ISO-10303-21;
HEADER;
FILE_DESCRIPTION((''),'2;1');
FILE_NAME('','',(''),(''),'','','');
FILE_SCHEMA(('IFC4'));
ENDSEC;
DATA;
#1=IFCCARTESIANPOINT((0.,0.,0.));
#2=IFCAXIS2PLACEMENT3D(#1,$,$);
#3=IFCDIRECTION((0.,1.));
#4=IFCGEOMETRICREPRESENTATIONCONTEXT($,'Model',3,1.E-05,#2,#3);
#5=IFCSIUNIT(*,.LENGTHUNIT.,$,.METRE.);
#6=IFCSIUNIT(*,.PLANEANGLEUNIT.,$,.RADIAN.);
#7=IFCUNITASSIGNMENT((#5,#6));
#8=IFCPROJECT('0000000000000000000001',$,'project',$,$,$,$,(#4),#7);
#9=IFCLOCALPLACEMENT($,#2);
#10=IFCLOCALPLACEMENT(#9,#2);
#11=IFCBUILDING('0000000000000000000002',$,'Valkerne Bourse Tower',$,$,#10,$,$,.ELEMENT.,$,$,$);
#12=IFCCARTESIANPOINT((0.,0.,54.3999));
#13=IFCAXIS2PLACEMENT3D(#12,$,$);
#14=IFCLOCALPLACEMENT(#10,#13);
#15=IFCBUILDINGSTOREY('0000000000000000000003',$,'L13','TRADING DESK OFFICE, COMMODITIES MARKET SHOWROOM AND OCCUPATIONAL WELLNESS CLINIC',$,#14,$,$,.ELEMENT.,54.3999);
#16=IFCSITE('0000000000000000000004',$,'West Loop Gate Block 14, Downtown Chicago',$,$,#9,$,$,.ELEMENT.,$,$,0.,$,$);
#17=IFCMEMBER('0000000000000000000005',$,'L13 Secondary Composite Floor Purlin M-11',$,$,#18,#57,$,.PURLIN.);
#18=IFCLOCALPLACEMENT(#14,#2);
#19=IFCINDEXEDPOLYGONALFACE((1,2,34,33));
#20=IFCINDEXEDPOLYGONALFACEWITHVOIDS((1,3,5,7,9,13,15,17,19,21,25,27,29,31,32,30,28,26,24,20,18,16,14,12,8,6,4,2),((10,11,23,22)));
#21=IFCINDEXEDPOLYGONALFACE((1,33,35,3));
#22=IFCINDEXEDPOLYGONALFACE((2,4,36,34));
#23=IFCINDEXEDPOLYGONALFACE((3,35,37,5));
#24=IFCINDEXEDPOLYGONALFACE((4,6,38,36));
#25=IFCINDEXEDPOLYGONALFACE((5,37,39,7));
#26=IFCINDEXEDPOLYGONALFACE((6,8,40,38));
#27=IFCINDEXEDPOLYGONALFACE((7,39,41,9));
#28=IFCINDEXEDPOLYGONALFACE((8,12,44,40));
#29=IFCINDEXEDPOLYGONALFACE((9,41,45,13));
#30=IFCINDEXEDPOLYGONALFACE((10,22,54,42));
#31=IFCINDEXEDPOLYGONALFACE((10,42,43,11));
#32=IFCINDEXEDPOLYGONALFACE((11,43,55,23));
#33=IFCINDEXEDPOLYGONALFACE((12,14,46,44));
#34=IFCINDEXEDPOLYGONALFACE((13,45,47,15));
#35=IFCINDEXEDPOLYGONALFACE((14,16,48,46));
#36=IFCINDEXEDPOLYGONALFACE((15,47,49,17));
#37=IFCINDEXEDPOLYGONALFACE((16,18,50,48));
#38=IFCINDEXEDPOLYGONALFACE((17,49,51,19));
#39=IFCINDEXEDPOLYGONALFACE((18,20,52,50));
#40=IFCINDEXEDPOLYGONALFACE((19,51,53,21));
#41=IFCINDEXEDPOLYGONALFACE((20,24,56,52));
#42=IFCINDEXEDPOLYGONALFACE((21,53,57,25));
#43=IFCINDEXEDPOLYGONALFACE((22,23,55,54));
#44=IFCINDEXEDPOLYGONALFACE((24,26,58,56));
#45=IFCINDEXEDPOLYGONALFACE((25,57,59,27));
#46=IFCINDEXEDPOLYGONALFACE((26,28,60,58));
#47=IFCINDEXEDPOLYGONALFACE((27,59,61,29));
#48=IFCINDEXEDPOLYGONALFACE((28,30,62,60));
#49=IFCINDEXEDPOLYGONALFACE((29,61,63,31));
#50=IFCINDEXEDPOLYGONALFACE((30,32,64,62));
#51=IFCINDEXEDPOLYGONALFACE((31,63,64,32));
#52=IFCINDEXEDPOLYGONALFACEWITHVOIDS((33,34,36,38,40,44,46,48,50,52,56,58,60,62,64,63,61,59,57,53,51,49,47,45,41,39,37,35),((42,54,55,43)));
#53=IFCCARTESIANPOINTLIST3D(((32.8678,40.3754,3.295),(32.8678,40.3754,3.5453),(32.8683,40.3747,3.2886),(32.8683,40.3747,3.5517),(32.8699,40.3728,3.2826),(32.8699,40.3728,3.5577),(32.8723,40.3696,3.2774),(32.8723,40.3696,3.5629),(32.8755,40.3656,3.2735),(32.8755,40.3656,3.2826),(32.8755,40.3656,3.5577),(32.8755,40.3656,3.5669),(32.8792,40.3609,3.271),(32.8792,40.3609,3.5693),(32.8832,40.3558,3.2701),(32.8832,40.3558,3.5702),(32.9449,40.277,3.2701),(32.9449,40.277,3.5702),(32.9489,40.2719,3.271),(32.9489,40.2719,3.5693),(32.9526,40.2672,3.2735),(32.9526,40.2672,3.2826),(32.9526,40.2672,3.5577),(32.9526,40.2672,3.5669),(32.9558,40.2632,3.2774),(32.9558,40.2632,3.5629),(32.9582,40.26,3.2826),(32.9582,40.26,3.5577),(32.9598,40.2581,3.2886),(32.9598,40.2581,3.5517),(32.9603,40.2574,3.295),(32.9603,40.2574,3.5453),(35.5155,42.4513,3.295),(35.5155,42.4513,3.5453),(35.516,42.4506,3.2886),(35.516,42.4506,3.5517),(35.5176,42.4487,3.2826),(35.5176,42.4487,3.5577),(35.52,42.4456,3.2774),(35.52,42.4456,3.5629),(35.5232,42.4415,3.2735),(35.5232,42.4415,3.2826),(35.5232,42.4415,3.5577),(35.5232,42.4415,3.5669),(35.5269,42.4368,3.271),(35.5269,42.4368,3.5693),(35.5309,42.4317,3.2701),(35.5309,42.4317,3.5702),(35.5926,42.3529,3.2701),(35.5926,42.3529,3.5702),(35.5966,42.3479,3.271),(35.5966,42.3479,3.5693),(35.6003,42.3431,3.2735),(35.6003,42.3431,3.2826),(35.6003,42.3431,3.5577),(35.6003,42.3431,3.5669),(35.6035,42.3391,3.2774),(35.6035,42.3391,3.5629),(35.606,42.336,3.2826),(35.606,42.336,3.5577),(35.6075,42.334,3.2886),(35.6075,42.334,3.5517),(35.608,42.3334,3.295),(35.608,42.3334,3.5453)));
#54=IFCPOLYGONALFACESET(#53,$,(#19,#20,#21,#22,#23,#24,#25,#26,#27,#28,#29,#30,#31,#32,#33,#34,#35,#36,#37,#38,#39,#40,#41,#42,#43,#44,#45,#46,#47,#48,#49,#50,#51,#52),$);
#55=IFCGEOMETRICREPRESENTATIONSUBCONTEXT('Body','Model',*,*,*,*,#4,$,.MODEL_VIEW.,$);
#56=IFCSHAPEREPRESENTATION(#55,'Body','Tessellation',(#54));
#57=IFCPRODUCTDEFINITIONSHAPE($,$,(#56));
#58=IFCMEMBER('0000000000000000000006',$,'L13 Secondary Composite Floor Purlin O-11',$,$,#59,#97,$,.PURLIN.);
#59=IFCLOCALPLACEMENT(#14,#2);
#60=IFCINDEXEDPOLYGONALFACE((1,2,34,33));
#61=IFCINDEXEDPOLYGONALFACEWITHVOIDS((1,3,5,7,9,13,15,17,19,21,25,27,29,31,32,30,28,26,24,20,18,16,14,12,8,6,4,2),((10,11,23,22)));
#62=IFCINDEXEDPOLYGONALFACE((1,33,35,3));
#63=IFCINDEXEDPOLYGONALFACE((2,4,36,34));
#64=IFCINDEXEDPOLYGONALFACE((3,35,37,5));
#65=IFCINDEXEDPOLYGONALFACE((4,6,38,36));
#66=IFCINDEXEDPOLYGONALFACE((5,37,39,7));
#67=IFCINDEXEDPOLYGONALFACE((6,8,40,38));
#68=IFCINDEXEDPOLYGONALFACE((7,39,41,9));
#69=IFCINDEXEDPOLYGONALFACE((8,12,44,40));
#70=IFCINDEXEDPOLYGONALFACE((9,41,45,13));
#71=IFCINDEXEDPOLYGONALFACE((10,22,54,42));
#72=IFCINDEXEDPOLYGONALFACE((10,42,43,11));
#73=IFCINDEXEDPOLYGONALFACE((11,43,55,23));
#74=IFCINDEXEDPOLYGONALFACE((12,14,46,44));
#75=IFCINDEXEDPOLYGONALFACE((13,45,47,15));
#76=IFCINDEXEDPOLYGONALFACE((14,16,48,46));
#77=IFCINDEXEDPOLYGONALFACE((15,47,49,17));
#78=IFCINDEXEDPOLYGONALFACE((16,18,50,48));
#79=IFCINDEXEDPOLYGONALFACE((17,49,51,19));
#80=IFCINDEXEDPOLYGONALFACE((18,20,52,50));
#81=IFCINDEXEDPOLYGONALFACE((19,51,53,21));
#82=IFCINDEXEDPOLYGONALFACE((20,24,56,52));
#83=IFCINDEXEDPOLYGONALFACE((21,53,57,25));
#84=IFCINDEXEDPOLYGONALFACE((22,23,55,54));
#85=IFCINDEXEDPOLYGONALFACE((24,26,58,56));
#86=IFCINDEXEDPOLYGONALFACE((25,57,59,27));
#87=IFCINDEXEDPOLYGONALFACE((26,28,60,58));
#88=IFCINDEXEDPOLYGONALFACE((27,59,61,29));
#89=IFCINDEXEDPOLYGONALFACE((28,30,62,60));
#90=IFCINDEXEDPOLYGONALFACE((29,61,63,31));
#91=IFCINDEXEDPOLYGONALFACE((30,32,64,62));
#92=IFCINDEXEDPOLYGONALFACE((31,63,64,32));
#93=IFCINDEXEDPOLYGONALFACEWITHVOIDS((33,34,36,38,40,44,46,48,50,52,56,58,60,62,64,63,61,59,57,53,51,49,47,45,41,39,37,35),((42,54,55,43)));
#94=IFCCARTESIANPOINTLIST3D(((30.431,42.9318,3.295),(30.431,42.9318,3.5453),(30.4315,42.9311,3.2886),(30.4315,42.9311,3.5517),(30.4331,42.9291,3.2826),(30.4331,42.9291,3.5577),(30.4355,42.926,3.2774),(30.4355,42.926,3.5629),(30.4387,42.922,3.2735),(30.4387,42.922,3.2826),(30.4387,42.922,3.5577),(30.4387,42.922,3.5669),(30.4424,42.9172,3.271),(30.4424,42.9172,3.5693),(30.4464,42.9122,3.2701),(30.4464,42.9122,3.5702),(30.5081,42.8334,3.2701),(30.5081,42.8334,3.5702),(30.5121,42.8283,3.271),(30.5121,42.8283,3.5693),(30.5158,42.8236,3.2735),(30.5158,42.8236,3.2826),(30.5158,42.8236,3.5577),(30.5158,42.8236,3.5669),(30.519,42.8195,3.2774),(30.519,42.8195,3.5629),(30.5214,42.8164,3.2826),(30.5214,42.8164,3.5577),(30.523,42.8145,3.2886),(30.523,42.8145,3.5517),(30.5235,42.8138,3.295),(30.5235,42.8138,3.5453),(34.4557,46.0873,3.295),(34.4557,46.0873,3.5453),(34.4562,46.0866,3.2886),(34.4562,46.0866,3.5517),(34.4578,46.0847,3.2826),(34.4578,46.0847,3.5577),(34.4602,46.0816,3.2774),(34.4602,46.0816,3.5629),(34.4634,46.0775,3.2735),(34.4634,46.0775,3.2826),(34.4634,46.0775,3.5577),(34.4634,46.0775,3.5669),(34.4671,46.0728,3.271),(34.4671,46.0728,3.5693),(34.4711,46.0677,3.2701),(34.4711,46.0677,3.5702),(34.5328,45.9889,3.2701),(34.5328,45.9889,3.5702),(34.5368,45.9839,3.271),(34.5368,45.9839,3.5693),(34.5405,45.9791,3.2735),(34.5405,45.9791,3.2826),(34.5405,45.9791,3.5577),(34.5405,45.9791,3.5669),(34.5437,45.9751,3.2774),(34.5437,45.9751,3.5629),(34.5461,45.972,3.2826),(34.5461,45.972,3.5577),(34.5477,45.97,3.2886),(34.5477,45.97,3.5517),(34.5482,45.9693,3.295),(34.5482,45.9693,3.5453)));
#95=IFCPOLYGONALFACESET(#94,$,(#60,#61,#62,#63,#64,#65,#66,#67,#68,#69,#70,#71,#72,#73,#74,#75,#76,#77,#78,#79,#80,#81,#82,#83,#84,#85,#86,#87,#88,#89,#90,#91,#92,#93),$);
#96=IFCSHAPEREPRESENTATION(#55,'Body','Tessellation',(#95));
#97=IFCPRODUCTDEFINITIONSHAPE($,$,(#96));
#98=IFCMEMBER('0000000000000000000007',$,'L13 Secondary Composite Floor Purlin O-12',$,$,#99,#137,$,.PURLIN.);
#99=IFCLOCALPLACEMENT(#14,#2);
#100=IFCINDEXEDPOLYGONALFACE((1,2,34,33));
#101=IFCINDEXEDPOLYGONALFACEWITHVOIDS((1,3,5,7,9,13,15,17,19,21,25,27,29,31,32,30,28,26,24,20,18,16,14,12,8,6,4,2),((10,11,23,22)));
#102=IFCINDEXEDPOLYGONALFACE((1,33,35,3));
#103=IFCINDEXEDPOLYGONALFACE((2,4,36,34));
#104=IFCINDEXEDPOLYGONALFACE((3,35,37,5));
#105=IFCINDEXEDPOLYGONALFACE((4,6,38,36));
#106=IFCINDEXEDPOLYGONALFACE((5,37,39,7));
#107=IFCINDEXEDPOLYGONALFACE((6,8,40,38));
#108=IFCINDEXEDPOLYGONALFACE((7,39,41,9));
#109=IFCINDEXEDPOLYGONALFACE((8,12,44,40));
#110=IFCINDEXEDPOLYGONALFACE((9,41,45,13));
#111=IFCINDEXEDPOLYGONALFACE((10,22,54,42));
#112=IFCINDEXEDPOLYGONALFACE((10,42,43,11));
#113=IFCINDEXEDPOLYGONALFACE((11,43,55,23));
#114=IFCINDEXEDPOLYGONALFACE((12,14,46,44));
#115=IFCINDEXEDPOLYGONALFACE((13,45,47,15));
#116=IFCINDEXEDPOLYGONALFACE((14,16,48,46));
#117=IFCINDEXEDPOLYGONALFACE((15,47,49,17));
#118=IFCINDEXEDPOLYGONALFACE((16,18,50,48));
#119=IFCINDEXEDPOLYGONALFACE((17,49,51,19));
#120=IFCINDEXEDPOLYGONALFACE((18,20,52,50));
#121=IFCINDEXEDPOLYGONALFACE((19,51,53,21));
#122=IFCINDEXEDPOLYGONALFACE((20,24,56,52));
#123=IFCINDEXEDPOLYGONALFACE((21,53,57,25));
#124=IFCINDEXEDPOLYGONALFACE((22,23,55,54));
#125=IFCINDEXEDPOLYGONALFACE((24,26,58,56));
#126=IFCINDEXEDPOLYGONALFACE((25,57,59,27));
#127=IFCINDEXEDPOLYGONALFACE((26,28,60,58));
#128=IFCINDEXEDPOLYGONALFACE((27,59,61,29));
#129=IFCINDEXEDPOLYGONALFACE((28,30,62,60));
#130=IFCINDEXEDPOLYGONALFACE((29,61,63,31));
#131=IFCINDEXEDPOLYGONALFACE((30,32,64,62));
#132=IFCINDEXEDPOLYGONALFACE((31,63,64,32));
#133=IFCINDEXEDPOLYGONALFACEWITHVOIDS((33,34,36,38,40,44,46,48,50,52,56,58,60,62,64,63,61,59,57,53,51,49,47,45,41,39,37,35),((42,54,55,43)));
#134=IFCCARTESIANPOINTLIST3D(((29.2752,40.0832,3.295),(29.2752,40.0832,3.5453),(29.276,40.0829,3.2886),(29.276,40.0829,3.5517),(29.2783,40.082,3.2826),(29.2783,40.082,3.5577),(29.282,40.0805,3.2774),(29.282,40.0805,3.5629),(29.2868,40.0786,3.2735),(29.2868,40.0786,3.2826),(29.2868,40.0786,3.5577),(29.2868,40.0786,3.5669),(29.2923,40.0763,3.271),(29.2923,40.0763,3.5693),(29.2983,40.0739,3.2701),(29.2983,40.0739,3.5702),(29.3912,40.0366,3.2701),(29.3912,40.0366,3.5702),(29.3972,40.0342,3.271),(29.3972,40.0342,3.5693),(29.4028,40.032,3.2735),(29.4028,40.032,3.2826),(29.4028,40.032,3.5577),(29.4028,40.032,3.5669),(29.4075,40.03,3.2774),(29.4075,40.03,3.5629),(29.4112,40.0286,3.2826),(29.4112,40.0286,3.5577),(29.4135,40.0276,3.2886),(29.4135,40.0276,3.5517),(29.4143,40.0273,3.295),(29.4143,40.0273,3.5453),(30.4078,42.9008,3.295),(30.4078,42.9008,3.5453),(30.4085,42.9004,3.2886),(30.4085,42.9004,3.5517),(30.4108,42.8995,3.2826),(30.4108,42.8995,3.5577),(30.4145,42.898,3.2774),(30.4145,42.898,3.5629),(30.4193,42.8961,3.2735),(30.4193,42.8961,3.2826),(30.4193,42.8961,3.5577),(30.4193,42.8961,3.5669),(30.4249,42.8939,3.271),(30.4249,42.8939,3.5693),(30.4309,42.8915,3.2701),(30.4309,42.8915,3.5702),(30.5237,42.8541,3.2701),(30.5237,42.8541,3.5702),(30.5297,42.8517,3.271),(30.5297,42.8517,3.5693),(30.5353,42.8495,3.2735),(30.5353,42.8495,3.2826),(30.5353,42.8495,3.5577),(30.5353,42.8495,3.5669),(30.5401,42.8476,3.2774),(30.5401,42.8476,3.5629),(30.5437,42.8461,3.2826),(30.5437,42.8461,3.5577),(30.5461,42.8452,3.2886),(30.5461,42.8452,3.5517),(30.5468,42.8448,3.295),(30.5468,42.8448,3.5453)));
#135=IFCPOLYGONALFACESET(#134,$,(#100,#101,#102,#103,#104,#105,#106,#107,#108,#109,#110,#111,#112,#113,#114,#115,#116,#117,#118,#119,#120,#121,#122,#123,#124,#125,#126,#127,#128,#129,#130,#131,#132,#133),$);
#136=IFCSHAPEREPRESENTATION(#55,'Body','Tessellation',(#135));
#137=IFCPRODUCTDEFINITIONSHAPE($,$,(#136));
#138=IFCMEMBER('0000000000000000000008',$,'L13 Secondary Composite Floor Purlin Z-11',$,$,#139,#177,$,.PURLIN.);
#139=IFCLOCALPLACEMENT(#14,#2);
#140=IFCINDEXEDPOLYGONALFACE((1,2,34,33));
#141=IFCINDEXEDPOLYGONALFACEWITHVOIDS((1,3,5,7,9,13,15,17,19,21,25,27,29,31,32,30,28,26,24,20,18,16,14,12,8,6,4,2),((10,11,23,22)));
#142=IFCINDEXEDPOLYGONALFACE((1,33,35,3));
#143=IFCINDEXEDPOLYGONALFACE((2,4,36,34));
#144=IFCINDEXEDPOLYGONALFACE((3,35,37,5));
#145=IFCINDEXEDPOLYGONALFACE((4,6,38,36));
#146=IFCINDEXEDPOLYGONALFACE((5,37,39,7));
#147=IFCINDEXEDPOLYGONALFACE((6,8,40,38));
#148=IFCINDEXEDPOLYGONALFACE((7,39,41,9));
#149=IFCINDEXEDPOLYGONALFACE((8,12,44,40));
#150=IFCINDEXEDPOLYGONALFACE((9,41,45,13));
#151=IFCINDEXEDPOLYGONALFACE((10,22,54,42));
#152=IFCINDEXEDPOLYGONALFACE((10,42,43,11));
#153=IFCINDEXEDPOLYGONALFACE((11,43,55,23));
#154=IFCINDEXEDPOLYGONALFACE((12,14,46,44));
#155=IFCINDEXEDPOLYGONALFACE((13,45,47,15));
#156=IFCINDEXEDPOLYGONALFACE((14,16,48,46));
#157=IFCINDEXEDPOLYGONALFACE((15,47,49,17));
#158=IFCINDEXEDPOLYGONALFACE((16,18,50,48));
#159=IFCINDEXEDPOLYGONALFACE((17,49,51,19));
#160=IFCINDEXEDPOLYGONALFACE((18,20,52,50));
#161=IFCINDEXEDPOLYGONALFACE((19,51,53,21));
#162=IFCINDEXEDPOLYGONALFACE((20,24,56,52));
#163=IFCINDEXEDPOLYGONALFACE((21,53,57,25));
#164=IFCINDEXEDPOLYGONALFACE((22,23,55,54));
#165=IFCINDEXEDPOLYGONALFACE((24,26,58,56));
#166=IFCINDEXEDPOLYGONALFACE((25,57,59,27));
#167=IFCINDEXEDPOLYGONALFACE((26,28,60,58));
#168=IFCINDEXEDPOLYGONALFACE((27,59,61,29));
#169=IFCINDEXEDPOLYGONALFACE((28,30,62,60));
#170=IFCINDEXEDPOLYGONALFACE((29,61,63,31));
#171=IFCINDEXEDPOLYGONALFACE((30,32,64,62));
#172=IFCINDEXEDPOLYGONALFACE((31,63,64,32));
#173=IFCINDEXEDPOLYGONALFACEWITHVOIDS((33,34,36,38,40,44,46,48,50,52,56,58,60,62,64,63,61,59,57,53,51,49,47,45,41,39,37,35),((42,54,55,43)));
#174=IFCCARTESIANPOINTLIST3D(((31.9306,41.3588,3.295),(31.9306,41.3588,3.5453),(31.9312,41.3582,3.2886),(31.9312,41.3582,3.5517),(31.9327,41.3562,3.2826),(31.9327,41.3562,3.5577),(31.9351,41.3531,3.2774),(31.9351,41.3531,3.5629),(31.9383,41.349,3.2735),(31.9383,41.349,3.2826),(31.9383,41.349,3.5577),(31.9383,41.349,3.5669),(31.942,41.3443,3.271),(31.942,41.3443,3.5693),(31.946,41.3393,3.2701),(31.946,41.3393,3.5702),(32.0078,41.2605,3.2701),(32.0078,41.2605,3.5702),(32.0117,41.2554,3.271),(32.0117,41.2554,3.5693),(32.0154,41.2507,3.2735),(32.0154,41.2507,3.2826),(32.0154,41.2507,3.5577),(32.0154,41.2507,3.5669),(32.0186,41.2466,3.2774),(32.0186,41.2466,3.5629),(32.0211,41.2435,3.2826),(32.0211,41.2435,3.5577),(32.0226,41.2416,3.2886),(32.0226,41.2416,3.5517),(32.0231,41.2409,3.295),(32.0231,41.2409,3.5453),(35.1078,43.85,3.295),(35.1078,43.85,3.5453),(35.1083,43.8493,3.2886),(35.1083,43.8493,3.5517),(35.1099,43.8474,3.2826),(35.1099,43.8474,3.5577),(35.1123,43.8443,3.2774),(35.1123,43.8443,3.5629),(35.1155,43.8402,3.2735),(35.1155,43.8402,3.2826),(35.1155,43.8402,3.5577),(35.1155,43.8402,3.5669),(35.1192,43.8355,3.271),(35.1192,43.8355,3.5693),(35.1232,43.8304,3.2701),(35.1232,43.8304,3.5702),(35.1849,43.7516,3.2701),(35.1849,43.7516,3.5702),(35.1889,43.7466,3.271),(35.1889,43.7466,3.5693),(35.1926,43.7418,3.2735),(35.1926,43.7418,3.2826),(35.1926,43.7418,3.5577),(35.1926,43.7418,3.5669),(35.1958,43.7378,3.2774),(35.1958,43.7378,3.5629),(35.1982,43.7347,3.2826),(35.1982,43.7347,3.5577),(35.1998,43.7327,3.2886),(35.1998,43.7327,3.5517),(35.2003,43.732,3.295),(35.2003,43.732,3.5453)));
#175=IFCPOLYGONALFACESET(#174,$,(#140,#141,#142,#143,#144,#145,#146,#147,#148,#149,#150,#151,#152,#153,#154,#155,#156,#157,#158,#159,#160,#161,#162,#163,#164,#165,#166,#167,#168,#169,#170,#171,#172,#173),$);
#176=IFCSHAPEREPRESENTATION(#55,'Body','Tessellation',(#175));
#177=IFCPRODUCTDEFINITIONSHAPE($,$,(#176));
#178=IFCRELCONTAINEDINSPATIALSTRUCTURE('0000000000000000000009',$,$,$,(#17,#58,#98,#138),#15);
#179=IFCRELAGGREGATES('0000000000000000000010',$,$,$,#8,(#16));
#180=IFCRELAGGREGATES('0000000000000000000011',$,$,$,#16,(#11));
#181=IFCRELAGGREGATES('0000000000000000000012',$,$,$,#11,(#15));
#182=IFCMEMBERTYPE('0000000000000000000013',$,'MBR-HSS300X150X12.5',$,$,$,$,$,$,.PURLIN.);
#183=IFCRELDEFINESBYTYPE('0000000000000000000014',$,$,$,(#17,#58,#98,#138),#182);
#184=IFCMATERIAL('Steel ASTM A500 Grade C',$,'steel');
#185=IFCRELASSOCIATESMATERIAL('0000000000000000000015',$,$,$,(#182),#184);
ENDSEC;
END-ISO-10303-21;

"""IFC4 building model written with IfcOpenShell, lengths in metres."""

from ifc_helpers import new_model, si_unit, direction, frame, origin, origin_2d, place, context, subcontext, project, spatial, hollow_rectangle, extrude, material, material_profile, profile_set, type_object, element, save


model = new_model("IFC4")

# Units and contexts
model_context = context("Model", 3, precision=1e-05, world=origin(), true_north=direction((0.0, 1.0)))
body_context = subcontext(model_context, "Body", "Model", "MODEL_VIEW")
ifc_project = project(units=[si_unit("LENGTHUNIT", "METRE"), si_unit("PLANEANGLEUNIT", "RADIAN")], contexts=[model_context])

# Site, building, storey
site_placement = place(None, origin())
site = spatial("IfcSite", under=ifc_project, at=site_placement, Name="West Loop Gate Block 14, Downtown Chicago", CompositionType="ELEMENT", RefElevation=0.0)
building_placement = place(site_placement, origin())
building = spatial("IfcBuilding", under=site, at=building_placement, Name="Valkerne Bourse Tower", CompositionType="ELEMENT")
storey_placement = place(building_placement, frame((0.0, 0.0, 54.3999)))
storey = spatial("IfcBuildingStorey", under=building, at=storey_placement, Name="L13", Description="TRADING DESK OFFICE, COMMODITIES MARKET SHOWROOM AND OCCUPATIONAL WELLNESS CLINIC", CompositionType="ELEMENT", Elevation=54.3999)

# Members
ifc_material_1 = material(Name="Steel ASTM A500 Grade C", Category="steel")
ifc_material_profile_1 = material_profile(ifc_material_1, hollow_rectangle(XDim=0.1499, YDim=0.3, WallThickness=0.0125, OuterFilletRadius=0.0249, at=origin_2d()), Name="HSS300X150X12.5")
ifc_profile_set_1 = profile_set([ifc_material_profile_1], Name="Steel ASTM A500 Grade C")
member_type_1 = type_object("IfcMemberType", Name="MBR-HSS300X150X12.5", PredefinedType="PURLIN", material=ifc_profile_set_1)
member_1_placement = place(storey_placement, frame((35.5618, 42.3923, 3.4202), z_axis=(-0.786955, -0.61701, 0.0), x_axis=(0.61701, -0.786955, 0.0)))
element("IfcMember", 1, at=member_1_placement, inside=storey, type_object=member_type_1, Name="L13 Secondary Composite Floor Purlin M-11", PredefinedType="PURLIN", context=body_context, shape_type="SweptSolid", body=[
    extrude(hollow_rectangle(XDim=0.1499, YDim=0.3, WallThickness=0.0125, OuterFilletRadius=0.0249, at=origin_2d()), origin(), (0.0, 0.0, 1.0), 3.3645),
])
member_2_placement = place(storey_placement, frame((34.502, 46.0283, 3.4202), z_axis=(-0.786956, -0.61701, 0.0), x_axis=(0.61701, -0.786956, 0.0)))
element("IfcMember", 2, at=member_2_placement, inside=storey, type_object=member_type_1, Name="L13 Secondary Composite Floor Purlin O-11", PredefinedType="PURLIN", context=body_context, shape_type="SweptSolid", body=[
    extrude(hollow_rectangle(XDim=0.1499, YDim=0.3, WallThickness=0.0125, OuterFilletRadius=0.0249, at=origin_2d()), origin(), (0.0, 0.0, 1.0), 5.1143),
])
member_3_placement = place(storey_placement, frame((30.4773, 42.8728, 3.4202), z_axis=(-0.372956, -0.927849, 0.0), x_axis=(0.927849, -0.372956, 0.0)))
element("IfcMember", 3, at=member_3_placement, inside=storey, type_object=member_type_1, Name="L13 Secondary Composite Floor Purlin O-12", PredefinedType="PURLIN", context=body_context, shape_type="SweptSolid", body=[
    extrude(hollow_rectangle(XDim=0.1499, YDim=0.3, WallThickness=0.0125, OuterFilletRadius=0.0249, at=origin_2d()), origin(), (0.0, 0.0, 1.0), 3.0366),
])
member_4_placement = place(storey_placement, frame((35.1541, 43.791, 3.4202), z_axis=(-0.786943, -0.617025, 0.0), x_axis=(0.617025, -0.786943, 0.0)))
element("IfcMember", 4, at=member_4_placement, inside=storey, type_object=member_type_1, Name="L13 Secondary Composite Floor Purlin Z-11", PredefinedType="PURLIN", context=body_context, shape_type="SweptSolid", body=[
    extrude(hollow_rectangle(XDim=0.1499, YDim=0.3, WallThickness=0.0125, OuterFilletRadius=0.0249, at=origin_2d()), origin(), (0.0, 0.0, 1.0), 4.0374),
])

save(model, "model.ifc")
